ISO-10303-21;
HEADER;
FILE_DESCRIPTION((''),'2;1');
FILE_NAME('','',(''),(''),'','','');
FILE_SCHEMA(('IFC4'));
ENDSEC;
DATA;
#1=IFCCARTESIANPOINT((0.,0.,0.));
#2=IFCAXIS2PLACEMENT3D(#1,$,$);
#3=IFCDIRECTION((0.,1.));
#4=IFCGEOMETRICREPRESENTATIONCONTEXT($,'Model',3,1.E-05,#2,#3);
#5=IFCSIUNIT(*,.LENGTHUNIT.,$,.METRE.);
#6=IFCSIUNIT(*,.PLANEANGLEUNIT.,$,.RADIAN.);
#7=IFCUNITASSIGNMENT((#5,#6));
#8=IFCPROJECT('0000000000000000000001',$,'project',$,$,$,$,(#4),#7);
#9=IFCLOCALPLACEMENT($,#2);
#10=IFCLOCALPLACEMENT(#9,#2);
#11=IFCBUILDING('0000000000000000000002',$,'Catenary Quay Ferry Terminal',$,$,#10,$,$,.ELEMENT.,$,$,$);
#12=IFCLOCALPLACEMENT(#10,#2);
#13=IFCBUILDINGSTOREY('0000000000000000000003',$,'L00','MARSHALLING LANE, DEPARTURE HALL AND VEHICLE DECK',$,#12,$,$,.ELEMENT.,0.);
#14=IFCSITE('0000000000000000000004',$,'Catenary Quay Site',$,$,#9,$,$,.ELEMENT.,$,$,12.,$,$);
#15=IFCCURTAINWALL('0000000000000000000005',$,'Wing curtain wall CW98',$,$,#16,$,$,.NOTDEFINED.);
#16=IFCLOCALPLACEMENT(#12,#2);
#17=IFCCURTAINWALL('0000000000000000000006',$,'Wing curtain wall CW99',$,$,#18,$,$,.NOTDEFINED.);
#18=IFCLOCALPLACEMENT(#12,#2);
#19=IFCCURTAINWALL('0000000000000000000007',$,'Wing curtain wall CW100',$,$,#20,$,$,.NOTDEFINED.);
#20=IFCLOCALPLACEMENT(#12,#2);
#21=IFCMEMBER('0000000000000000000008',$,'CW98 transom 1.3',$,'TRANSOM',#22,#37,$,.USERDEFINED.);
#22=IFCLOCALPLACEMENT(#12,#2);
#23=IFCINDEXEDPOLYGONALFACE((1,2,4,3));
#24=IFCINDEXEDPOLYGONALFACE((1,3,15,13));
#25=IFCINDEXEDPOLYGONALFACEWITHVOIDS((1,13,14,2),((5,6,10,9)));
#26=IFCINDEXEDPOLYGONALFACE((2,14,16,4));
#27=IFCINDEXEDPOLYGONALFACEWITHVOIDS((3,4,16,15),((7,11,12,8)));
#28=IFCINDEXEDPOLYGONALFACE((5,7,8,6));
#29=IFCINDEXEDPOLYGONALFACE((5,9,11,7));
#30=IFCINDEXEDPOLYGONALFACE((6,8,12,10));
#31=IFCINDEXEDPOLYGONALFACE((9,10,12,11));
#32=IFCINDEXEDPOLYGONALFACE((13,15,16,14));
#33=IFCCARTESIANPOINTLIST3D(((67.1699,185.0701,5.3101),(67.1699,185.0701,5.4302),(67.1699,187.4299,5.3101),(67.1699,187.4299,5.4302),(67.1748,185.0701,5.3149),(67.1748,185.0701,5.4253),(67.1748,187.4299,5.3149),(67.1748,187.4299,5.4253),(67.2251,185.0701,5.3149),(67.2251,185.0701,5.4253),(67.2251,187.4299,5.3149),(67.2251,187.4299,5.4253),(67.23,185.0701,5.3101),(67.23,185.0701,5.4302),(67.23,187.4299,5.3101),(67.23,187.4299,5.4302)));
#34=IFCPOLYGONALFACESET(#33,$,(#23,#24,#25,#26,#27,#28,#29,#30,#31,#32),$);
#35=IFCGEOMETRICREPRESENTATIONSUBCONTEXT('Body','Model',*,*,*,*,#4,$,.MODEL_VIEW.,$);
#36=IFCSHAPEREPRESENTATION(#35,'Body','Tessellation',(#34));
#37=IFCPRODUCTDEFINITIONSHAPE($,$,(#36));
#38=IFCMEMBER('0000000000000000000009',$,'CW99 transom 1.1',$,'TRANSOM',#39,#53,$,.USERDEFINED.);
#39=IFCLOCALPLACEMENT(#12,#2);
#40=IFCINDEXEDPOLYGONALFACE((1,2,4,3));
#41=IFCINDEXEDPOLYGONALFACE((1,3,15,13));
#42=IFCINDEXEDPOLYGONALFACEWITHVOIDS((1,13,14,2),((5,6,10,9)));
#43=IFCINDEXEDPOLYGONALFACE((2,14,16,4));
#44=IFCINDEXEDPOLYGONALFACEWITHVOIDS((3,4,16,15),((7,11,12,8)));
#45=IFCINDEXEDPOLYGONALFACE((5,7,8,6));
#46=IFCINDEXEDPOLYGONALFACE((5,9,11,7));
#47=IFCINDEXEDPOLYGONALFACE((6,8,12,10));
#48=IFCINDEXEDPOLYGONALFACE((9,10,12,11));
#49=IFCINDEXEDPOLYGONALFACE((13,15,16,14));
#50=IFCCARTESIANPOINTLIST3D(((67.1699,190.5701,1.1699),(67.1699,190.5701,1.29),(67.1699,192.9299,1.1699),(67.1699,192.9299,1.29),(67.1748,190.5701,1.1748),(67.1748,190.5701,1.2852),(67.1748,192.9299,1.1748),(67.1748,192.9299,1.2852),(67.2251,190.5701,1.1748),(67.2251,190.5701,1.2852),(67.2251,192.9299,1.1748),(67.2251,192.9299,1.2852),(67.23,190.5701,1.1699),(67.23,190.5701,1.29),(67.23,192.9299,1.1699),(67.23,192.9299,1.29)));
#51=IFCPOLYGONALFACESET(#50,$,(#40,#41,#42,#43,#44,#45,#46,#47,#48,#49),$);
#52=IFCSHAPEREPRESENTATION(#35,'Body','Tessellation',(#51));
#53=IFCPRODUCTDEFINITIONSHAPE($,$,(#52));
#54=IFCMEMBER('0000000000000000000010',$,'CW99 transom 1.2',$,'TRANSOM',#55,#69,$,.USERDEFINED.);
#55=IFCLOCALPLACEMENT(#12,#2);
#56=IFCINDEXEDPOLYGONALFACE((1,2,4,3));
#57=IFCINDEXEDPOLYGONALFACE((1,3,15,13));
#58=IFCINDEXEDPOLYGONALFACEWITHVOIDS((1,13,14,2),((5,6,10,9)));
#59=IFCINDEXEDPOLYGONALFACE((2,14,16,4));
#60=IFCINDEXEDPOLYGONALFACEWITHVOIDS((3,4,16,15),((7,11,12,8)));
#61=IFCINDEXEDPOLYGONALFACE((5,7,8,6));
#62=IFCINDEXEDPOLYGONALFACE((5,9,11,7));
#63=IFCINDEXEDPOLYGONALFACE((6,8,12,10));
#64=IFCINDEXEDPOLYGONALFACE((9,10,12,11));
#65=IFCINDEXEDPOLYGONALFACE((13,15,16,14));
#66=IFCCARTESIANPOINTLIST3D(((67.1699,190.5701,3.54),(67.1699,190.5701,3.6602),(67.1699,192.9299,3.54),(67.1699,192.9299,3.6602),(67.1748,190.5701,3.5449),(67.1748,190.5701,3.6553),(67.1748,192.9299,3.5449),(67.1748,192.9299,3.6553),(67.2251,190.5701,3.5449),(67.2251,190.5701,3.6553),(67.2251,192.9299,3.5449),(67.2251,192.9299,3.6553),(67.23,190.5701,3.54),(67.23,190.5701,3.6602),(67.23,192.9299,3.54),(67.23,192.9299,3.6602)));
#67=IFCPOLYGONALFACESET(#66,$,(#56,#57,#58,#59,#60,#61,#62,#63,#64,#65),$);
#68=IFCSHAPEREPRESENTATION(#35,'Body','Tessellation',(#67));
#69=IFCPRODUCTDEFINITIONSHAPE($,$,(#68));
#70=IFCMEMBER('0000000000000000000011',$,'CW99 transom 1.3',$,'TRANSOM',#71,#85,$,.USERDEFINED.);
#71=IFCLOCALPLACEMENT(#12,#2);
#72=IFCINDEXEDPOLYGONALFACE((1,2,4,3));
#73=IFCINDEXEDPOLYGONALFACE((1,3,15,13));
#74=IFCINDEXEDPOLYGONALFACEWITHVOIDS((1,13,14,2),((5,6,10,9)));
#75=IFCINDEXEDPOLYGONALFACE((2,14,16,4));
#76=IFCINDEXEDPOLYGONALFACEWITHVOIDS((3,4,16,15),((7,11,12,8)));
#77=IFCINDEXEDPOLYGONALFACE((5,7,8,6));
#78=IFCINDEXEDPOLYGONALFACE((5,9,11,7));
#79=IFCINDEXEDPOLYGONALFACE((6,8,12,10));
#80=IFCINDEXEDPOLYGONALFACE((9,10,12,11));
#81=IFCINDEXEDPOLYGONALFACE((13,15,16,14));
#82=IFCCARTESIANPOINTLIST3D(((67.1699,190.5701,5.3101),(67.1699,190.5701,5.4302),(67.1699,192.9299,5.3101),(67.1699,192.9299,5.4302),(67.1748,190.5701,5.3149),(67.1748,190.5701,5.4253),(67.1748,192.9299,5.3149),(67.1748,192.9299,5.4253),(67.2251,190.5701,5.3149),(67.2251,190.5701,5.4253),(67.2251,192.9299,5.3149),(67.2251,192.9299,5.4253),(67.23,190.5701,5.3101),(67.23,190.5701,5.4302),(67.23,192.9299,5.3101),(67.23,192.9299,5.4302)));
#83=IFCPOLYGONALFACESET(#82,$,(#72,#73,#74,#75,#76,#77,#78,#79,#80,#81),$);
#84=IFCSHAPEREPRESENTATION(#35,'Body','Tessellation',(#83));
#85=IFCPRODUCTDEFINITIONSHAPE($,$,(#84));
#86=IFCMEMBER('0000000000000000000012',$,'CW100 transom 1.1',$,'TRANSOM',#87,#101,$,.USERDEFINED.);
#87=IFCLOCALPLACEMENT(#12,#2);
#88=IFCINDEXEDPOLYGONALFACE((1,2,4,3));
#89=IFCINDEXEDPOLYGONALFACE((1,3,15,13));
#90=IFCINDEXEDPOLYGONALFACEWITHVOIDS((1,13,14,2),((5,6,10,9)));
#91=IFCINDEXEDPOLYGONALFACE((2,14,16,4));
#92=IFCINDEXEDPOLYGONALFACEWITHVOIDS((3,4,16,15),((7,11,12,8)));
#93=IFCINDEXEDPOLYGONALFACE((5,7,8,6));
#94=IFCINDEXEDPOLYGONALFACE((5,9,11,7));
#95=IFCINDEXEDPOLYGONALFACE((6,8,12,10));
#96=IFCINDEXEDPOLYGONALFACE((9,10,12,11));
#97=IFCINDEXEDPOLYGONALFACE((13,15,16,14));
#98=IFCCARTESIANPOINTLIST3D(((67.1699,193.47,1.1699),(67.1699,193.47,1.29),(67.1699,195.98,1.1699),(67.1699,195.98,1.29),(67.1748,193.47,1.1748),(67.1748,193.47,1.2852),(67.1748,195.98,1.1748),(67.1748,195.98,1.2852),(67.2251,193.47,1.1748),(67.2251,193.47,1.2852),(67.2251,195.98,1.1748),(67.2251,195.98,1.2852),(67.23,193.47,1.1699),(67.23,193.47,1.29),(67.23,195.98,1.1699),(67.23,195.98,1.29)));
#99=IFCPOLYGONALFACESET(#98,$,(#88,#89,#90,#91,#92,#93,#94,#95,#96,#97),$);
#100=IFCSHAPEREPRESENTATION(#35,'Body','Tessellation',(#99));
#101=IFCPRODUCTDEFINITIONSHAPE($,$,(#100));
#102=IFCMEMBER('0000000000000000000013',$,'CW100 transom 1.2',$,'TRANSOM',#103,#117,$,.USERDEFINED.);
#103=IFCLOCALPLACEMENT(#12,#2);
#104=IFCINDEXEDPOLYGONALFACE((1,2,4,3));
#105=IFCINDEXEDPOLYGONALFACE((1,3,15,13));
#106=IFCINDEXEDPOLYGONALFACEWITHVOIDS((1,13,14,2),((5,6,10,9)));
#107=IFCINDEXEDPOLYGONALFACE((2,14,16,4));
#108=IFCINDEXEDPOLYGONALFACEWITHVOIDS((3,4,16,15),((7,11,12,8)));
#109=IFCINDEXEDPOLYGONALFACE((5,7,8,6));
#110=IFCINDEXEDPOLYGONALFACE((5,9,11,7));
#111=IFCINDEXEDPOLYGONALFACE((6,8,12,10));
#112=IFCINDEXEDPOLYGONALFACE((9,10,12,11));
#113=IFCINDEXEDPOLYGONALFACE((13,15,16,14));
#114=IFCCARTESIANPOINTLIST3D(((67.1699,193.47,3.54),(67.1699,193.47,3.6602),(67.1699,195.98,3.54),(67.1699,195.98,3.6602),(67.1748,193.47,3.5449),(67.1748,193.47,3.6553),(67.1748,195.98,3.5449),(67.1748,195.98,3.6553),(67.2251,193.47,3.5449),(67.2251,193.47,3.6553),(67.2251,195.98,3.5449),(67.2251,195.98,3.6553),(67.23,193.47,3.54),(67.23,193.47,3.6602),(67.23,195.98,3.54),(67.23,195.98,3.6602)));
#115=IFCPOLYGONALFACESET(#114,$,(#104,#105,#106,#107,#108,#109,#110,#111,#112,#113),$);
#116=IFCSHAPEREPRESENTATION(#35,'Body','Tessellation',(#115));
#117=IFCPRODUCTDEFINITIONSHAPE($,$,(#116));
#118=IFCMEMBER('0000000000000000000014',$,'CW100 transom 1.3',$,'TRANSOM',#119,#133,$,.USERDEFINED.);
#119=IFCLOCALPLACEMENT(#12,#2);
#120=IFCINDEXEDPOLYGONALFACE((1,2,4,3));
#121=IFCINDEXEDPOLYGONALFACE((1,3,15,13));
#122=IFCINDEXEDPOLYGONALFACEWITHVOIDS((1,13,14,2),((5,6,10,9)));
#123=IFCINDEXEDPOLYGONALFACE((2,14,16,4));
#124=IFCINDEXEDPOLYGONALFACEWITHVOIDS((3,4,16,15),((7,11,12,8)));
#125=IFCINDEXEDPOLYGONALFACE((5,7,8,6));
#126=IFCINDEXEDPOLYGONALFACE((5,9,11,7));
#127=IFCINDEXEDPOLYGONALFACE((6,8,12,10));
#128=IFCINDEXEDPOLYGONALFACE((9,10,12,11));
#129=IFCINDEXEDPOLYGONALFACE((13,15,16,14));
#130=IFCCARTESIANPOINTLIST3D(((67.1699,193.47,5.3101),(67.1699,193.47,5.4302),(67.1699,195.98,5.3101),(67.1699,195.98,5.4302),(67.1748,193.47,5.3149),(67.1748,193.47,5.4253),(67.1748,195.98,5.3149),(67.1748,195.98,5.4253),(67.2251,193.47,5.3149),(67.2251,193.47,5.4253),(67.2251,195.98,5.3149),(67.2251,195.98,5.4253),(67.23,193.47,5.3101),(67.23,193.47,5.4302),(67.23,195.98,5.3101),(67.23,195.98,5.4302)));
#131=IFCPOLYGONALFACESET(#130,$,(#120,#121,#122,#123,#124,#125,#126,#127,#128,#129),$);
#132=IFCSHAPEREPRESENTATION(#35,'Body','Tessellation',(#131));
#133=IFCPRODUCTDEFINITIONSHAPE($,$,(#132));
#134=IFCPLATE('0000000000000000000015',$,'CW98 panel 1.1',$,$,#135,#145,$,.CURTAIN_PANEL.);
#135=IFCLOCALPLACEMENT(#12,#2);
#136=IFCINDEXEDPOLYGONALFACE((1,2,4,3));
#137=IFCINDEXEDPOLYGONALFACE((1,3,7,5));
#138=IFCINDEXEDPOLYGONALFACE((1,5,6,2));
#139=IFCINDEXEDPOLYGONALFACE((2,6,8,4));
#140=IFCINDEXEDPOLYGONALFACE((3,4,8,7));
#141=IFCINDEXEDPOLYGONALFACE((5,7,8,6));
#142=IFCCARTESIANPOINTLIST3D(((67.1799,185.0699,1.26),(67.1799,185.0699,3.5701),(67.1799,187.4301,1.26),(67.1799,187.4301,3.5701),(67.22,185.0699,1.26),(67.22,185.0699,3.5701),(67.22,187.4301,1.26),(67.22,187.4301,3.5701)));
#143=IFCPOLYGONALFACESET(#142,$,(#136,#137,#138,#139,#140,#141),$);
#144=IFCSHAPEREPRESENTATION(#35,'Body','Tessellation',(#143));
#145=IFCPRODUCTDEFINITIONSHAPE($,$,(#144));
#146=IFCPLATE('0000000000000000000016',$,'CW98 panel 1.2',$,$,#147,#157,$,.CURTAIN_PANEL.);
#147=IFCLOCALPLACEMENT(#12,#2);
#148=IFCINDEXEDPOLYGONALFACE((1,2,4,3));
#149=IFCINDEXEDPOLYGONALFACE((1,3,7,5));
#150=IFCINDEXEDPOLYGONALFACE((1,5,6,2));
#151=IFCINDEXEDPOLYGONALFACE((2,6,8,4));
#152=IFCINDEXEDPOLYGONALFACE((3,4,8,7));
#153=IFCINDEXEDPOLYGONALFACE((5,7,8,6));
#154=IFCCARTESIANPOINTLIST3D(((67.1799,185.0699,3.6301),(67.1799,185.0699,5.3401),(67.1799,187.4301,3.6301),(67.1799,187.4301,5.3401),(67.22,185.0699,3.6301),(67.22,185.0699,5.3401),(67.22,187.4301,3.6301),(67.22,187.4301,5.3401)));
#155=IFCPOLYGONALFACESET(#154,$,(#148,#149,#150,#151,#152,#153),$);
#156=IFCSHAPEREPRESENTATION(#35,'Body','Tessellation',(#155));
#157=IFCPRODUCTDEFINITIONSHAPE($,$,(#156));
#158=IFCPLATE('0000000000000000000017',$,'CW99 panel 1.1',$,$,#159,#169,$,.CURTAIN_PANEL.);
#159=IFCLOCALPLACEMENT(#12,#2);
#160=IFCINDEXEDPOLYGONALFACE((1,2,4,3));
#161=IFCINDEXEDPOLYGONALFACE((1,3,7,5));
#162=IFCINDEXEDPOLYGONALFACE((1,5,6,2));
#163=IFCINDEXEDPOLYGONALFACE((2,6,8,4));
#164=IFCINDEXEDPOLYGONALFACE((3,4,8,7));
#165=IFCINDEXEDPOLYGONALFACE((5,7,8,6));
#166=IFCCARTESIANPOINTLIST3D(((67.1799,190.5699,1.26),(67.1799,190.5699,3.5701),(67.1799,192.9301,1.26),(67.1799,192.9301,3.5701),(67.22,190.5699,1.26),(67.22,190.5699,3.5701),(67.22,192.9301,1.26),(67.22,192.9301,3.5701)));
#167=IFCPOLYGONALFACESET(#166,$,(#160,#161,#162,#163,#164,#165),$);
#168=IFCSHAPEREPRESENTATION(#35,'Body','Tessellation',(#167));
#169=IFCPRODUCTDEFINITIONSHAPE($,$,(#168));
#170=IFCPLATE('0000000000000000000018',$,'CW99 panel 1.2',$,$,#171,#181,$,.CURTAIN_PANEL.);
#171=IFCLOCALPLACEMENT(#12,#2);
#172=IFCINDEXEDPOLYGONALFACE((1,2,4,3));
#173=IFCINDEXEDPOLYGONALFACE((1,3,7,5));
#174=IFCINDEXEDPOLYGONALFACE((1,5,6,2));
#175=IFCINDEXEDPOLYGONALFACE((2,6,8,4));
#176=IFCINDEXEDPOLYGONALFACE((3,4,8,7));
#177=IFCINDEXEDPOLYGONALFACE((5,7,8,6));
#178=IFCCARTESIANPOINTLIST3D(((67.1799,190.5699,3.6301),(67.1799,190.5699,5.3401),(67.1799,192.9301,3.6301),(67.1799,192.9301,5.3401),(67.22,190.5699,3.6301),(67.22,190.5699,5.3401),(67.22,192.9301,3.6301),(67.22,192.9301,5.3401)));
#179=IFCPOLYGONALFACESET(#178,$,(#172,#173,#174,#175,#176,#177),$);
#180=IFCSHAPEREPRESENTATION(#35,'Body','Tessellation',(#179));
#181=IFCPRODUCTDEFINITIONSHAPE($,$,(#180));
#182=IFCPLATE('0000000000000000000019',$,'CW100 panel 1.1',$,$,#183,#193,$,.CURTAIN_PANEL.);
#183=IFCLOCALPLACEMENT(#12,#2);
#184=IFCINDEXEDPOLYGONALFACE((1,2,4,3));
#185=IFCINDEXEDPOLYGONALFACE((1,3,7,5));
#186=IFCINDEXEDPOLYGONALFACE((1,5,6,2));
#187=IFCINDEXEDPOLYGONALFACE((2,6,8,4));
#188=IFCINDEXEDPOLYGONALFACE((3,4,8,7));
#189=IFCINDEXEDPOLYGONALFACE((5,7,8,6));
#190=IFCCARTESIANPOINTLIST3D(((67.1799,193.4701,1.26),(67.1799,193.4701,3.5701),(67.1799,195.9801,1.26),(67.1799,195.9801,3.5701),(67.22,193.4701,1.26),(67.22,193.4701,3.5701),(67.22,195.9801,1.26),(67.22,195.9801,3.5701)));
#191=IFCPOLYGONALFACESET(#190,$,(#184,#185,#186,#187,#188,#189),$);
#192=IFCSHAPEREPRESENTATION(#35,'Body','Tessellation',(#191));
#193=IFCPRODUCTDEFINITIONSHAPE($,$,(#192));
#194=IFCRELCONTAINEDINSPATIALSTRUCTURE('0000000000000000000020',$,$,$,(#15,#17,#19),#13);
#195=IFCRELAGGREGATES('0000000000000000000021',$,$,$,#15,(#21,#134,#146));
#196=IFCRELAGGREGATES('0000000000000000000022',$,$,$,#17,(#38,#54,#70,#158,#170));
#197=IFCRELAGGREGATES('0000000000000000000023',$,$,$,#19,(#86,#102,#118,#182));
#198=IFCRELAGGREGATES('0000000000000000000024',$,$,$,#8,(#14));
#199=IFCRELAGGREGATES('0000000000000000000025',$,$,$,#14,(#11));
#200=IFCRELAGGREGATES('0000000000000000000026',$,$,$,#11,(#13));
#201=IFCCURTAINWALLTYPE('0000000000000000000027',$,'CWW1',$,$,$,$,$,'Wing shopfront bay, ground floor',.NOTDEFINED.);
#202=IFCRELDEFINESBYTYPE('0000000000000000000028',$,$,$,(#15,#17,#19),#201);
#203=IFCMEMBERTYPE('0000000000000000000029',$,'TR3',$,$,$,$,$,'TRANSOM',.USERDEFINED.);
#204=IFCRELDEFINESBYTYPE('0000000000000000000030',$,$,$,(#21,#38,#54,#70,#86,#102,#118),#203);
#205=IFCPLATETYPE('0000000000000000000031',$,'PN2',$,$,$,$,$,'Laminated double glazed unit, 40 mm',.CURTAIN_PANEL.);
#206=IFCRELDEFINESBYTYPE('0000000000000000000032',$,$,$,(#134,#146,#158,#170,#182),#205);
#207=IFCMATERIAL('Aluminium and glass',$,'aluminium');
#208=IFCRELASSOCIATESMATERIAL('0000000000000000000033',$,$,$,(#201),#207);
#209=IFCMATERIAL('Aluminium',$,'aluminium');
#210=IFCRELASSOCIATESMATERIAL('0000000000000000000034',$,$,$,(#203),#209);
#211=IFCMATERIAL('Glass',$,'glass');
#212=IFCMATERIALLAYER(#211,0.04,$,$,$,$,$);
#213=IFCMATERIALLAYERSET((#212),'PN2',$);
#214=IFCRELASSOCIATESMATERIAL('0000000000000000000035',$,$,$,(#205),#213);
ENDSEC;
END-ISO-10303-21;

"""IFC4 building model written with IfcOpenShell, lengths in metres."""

from ifc_helpers import new_model, si_unit, direction, frame, origin, origin_2d, place, context, subcontext, project, spatial, rectangle, hollow_rectangle, extrude, material, layer, layer_set, material_profile, profile_set, type_object, element, aggregate, save


model = new_model("IFC4")

# Units and contexts
model_context = context("Model", 3, precision=1e-05, world=origin(), true_north=direction((0.0, 1.0)))
body_context = subcontext(model_context, "Body", "Model", "MODEL_VIEW")
ifc_project = project(units=[si_unit("LENGTHUNIT", "METRE"), si_unit("PLANEANGLEUNIT", "RADIAN")], contexts=[model_context])

# Site, building, storey
site_placement = place(None, origin())
site = spatial("IfcSite", under=ifc_project, at=site_placement, Name="Catenary Quay Site", CompositionType="ELEMENT", RefElevation=12.0)
building_placement = place(site_placement, origin())
building = spatial("IfcBuilding", under=site, at=building_placement, Name="Catenary Quay Ferry Terminal", CompositionType="ELEMENT")
storey_placement = place(building_placement, origin())
storey = spatial("IfcBuildingStorey", under=building, at=storey_placement, Name="L00", Description="MARSHALLING LANE, DEPARTURE HALL AND VEHICLE DECK", CompositionType="ELEMENT", Elevation=0.0)

# Curtain walls
ifc_material_1 = material(Name="Aluminium and glass", Category="aluminium")
curtain_wall_type = type_object("IfcCurtainWallType", Name="CWW1", ElementType="Wing shopfront bay, ground floor", PredefinedType="NOTDEFINED", material=ifc_material_1)
curtain_wall_1_placement = place(storey_placement, origin())
curtain_wall_1 = element("IfcCurtainWall", 1, at=curtain_wall_1_placement, inside=storey, type_object=curtain_wall_type, Name="Wing curtain wall CW98", PredefinedType="NOTDEFINED")
curtain_wall_2_placement = place(storey_placement, origin())
curtain_wall_2 = element("IfcCurtainWall", 2, at=curtain_wall_2_placement, inside=storey, type_object=curtain_wall_type, Name="Wing curtain wall CW99", PredefinedType="NOTDEFINED")

# Curtain wall
curtain_wall_3_placement = place(storey_placement, origin())
curtain_wall_3 = element("IfcCurtainWall", 3, at=curtain_wall_3_placement, inside=storey, type_object=curtain_wall_type, Name="Wing curtain wall CW100", PredefinedType="NOTDEFINED")

# Members
ifc_material_2 = material(Name="Aluminium", Category="aluminium")
ifc_material_profile_1 = material_profile(ifc_material_2, hollow_rectangle(XDim=0.0601, YDim=0.1201, WallThickness=0.0049, at=origin_2d()), Name="TR3")
ifc_profile_set_1 = profile_set([ifc_material_profile_1], Name="Aluminium")
member_type_1 = type_object("IfcMemberType", Name="TR3", ElementType="TRANSOM", PredefinedType="USERDEFINED", material=ifc_profile_set_1)
member_1_placement = place(storey_placement, frame((67.2, 185.0701, 5.3701), z_axis=(0.0, 1.0, 0.0), x_axis=(-1.0, 0.0, 0.0)))
member_1 = element("IfcMember", 4, at=member_1_placement, type_object=member_type_1, Name="CW98 transom 1.3", ObjectType="TRANSOM", PredefinedType="USERDEFINED", context=body_context, shape_type="SweptSolid", body=[
    extrude(hollow_rectangle(XDim=0.0601, YDim=0.1201, WallThickness=0.0049, at=origin_2d()), origin(), (0.0, 0.0, 1.0), 2.3599),
])
member_2_placement = place(storey_placement, frame((67.2, 190.5701, 1.23), z_axis=(0.0, 1.0, 0.0), x_axis=(-1.0, 0.0, 0.0)))
member_2 = element("IfcMember", 5, at=member_2_placement, type_object=member_type_1, Name="CW99 transom 1.1", ObjectType="TRANSOM", PredefinedType="USERDEFINED", context=body_context, shape_type="SweptSolid", body=[
    extrude(hollow_rectangle(XDim=0.0601, YDim=0.1201, WallThickness=0.0049, at=origin_2d()), origin(), (0.0, 0.0, 1.0), 2.3599),
])
member_3_placement = place(storey_placement, frame((67.2, 190.5701, 3.6001), z_axis=(0.0, 1.0, 0.0), x_axis=(-1.0, 0.0, 0.0)))
member_3 = element("IfcMember", 6, at=member_3_placement, type_object=member_type_1, Name="CW99 transom 1.2", ObjectType="TRANSOM", PredefinedType="USERDEFINED", context=body_context, shape_type="SweptSolid", body=[
    extrude(hollow_rectangle(XDim=0.0601, YDim=0.1201, WallThickness=0.0049, at=origin_2d()), origin(), (0.0, 0.0, 1.0), 2.3599),
])
member_4_placement = place(storey_placement, frame((67.2, 190.5701, 5.3701), z_axis=(0.0, 1.0, 0.0), x_axis=(-1.0, 0.0, 0.0)))
member_4 = element("IfcMember", 7, at=member_4_placement, type_object=member_type_1, Name="CW99 transom 1.3", ObjectType="TRANSOM", PredefinedType="USERDEFINED", context=body_context, shape_type="SweptSolid", body=[
    extrude(hollow_rectangle(XDim=0.0601, YDim=0.1201, WallThickness=0.0049, at=origin_2d()), origin(), (0.0, 0.0, 1.0), 2.3599),
])
member_5_placement = place(storey_placement, frame((67.2, 193.47, 1.23), z_axis=(0.0, 1.0, 0.0), x_axis=(-1.0, 0.0, 0.0)))
member_5 = element("IfcMember", 8, at=member_5_placement, type_object=member_type_1, Name="CW100 transom 1.1", ObjectType="TRANSOM", PredefinedType="USERDEFINED", context=body_context, shape_type="SweptSolid", body=[
    extrude(hollow_rectangle(XDim=0.0601, YDim=0.1201, WallThickness=0.0049, at=origin_2d()), origin(), (0.0, 0.0, 1.0), 2.51),
])
member_6_placement = place(storey_placement, frame((67.2, 193.47, 3.6001), z_axis=(0.0, 1.0, 0.0), x_axis=(-1.0, 0.0, 0.0)))
member_6 = element("IfcMember", 9, at=member_6_placement, type_object=member_type_1, Name="CW100 transom 1.2", ObjectType="TRANSOM", PredefinedType="USERDEFINED", context=body_context, shape_type="SweptSolid", body=[
    extrude(hollow_rectangle(XDim=0.0601, YDim=0.1201, WallThickness=0.0049, at=origin_2d()), origin(), (0.0, 0.0, 1.0), 2.51),
])
member_7_placement = place(storey_placement, frame((67.2, 193.47, 5.3701), z_axis=(0.0, 1.0, 0.0), x_axis=(-1.0, 0.0, 0.0)))
member_7 = element("IfcMember", 10, at=member_7_placement, type_object=member_type_1, Name="CW100 transom 1.3", ObjectType="TRANSOM", PredefinedType="USERDEFINED", context=body_context, shape_type="SweptSolid", body=[
    extrude(hollow_rectangle(XDim=0.0601, YDim=0.1201, WallThickness=0.0049, at=origin_2d()), origin(), (0.0, 0.0, 1.0), 2.51),
])

# Plates
ifc_material_3 = material(Name="Glass", Category="glass")
ifc_layer_1 = layer(ifc_material_3, 0.04)
ifc_layer_set_1 = layer_set([ifc_layer_1], Name="PN2")
plate_type = type_object("IfcPlateType", Name="PN2", ElementType="Laminated double glazed unit, 40 mm", PredefinedType="CURTAIN_PANEL", material=ifc_layer_set_1)
plate_1_placement = place(storey_placement, frame((67.2, 186.25, 1.26), z_axis=(0.0, 0.0, 1.0), x_axis=(0.0, 1.0, 0.0)))
plate_1 = element("IfcPlate", 11, at=plate_1_placement, type_object=plate_type, Name="CW98 panel 1.1", PredefinedType="CURTAIN_PANEL", context=body_context, shape_type="SweptSolid", body=[
    extrude(rectangle(XDim=2.3601, YDim=0.04, at=origin_2d()), origin(), (0.0, 0.0, 1.0), 2.3101),
])
plate_2_placement = place(storey_placement, frame((67.2, 186.25, 3.6301), z_axis=(0.0, 0.0, 1.0), x_axis=(0.0, 1.0, 0.0)))
plate_2 = element("IfcPlate", 12, at=plate_2_placement, type_object=plate_type, Name="CW98 panel 1.2", PredefinedType="CURTAIN_PANEL", context=body_context, shape_type="SweptSolid", body=[
    extrude(rectangle(XDim=2.3601, YDim=0.04, at=origin_2d()), origin(), (0.0, 0.0, 1.0), 1.71),
])
aggregate(curtain_wall_1, [member_1, plate_1, plate_2])
plate_3_placement = place(storey_placement, frame((67.2, 191.75, 1.26), z_axis=(0.0, 0.0, 1.0), x_axis=(0.0, 1.0, 0.0)))
plate_3 = element("IfcPlate", 13, at=plate_3_placement, type_object=plate_type, Name="CW99 panel 1.1", PredefinedType="CURTAIN_PANEL", context=body_context, shape_type="SweptSolid", body=[
    extrude(rectangle(XDim=2.3601, YDim=0.04, at=origin_2d()), origin(), (0.0, 0.0, 1.0), 2.3101),
])
plate_4_placement = place(storey_placement, frame((67.2, 191.75, 3.6301), z_axis=(0.0, 0.0, 1.0), x_axis=(0.0, 1.0, 0.0)))
plate_4 = element("IfcPlate", 14, at=plate_4_placement, type_object=plate_type, Name="CW99 panel 1.2", PredefinedType="CURTAIN_PANEL", context=body_context, shape_type="SweptSolid", body=[
    extrude(rectangle(XDim=2.3601, YDim=0.04, at=origin_2d()), origin(), (0.0, 0.0, 1.0), 1.71),
])
aggregate(curtain_wall_2, [member_2, member_3, member_4, plate_3, plate_4])
plate_5_placement = place(storey_placement, frame((67.2, 194.7251, 1.26), z_axis=(0.0, 0.0, 1.0), x_axis=(0.0, 1.0, 0.0)))
plate_5 = element("IfcPlate", 15, at=plate_5_placement, type_object=plate_type, Name="CW100 panel 1.1", PredefinedType="CURTAIN_PANEL", context=body_context, shape_type="SweptSolid", body=[
    extrude(rectangle(XDim=2.51, YDim=0.04, at=origin_2d()), origin(), (0.0, 0.0, 1.0), 2.3101),
])
aggregate(curtain_wall_3, [member_5, member_6, member_7, plate_5])

save(model, "model.ifc")
